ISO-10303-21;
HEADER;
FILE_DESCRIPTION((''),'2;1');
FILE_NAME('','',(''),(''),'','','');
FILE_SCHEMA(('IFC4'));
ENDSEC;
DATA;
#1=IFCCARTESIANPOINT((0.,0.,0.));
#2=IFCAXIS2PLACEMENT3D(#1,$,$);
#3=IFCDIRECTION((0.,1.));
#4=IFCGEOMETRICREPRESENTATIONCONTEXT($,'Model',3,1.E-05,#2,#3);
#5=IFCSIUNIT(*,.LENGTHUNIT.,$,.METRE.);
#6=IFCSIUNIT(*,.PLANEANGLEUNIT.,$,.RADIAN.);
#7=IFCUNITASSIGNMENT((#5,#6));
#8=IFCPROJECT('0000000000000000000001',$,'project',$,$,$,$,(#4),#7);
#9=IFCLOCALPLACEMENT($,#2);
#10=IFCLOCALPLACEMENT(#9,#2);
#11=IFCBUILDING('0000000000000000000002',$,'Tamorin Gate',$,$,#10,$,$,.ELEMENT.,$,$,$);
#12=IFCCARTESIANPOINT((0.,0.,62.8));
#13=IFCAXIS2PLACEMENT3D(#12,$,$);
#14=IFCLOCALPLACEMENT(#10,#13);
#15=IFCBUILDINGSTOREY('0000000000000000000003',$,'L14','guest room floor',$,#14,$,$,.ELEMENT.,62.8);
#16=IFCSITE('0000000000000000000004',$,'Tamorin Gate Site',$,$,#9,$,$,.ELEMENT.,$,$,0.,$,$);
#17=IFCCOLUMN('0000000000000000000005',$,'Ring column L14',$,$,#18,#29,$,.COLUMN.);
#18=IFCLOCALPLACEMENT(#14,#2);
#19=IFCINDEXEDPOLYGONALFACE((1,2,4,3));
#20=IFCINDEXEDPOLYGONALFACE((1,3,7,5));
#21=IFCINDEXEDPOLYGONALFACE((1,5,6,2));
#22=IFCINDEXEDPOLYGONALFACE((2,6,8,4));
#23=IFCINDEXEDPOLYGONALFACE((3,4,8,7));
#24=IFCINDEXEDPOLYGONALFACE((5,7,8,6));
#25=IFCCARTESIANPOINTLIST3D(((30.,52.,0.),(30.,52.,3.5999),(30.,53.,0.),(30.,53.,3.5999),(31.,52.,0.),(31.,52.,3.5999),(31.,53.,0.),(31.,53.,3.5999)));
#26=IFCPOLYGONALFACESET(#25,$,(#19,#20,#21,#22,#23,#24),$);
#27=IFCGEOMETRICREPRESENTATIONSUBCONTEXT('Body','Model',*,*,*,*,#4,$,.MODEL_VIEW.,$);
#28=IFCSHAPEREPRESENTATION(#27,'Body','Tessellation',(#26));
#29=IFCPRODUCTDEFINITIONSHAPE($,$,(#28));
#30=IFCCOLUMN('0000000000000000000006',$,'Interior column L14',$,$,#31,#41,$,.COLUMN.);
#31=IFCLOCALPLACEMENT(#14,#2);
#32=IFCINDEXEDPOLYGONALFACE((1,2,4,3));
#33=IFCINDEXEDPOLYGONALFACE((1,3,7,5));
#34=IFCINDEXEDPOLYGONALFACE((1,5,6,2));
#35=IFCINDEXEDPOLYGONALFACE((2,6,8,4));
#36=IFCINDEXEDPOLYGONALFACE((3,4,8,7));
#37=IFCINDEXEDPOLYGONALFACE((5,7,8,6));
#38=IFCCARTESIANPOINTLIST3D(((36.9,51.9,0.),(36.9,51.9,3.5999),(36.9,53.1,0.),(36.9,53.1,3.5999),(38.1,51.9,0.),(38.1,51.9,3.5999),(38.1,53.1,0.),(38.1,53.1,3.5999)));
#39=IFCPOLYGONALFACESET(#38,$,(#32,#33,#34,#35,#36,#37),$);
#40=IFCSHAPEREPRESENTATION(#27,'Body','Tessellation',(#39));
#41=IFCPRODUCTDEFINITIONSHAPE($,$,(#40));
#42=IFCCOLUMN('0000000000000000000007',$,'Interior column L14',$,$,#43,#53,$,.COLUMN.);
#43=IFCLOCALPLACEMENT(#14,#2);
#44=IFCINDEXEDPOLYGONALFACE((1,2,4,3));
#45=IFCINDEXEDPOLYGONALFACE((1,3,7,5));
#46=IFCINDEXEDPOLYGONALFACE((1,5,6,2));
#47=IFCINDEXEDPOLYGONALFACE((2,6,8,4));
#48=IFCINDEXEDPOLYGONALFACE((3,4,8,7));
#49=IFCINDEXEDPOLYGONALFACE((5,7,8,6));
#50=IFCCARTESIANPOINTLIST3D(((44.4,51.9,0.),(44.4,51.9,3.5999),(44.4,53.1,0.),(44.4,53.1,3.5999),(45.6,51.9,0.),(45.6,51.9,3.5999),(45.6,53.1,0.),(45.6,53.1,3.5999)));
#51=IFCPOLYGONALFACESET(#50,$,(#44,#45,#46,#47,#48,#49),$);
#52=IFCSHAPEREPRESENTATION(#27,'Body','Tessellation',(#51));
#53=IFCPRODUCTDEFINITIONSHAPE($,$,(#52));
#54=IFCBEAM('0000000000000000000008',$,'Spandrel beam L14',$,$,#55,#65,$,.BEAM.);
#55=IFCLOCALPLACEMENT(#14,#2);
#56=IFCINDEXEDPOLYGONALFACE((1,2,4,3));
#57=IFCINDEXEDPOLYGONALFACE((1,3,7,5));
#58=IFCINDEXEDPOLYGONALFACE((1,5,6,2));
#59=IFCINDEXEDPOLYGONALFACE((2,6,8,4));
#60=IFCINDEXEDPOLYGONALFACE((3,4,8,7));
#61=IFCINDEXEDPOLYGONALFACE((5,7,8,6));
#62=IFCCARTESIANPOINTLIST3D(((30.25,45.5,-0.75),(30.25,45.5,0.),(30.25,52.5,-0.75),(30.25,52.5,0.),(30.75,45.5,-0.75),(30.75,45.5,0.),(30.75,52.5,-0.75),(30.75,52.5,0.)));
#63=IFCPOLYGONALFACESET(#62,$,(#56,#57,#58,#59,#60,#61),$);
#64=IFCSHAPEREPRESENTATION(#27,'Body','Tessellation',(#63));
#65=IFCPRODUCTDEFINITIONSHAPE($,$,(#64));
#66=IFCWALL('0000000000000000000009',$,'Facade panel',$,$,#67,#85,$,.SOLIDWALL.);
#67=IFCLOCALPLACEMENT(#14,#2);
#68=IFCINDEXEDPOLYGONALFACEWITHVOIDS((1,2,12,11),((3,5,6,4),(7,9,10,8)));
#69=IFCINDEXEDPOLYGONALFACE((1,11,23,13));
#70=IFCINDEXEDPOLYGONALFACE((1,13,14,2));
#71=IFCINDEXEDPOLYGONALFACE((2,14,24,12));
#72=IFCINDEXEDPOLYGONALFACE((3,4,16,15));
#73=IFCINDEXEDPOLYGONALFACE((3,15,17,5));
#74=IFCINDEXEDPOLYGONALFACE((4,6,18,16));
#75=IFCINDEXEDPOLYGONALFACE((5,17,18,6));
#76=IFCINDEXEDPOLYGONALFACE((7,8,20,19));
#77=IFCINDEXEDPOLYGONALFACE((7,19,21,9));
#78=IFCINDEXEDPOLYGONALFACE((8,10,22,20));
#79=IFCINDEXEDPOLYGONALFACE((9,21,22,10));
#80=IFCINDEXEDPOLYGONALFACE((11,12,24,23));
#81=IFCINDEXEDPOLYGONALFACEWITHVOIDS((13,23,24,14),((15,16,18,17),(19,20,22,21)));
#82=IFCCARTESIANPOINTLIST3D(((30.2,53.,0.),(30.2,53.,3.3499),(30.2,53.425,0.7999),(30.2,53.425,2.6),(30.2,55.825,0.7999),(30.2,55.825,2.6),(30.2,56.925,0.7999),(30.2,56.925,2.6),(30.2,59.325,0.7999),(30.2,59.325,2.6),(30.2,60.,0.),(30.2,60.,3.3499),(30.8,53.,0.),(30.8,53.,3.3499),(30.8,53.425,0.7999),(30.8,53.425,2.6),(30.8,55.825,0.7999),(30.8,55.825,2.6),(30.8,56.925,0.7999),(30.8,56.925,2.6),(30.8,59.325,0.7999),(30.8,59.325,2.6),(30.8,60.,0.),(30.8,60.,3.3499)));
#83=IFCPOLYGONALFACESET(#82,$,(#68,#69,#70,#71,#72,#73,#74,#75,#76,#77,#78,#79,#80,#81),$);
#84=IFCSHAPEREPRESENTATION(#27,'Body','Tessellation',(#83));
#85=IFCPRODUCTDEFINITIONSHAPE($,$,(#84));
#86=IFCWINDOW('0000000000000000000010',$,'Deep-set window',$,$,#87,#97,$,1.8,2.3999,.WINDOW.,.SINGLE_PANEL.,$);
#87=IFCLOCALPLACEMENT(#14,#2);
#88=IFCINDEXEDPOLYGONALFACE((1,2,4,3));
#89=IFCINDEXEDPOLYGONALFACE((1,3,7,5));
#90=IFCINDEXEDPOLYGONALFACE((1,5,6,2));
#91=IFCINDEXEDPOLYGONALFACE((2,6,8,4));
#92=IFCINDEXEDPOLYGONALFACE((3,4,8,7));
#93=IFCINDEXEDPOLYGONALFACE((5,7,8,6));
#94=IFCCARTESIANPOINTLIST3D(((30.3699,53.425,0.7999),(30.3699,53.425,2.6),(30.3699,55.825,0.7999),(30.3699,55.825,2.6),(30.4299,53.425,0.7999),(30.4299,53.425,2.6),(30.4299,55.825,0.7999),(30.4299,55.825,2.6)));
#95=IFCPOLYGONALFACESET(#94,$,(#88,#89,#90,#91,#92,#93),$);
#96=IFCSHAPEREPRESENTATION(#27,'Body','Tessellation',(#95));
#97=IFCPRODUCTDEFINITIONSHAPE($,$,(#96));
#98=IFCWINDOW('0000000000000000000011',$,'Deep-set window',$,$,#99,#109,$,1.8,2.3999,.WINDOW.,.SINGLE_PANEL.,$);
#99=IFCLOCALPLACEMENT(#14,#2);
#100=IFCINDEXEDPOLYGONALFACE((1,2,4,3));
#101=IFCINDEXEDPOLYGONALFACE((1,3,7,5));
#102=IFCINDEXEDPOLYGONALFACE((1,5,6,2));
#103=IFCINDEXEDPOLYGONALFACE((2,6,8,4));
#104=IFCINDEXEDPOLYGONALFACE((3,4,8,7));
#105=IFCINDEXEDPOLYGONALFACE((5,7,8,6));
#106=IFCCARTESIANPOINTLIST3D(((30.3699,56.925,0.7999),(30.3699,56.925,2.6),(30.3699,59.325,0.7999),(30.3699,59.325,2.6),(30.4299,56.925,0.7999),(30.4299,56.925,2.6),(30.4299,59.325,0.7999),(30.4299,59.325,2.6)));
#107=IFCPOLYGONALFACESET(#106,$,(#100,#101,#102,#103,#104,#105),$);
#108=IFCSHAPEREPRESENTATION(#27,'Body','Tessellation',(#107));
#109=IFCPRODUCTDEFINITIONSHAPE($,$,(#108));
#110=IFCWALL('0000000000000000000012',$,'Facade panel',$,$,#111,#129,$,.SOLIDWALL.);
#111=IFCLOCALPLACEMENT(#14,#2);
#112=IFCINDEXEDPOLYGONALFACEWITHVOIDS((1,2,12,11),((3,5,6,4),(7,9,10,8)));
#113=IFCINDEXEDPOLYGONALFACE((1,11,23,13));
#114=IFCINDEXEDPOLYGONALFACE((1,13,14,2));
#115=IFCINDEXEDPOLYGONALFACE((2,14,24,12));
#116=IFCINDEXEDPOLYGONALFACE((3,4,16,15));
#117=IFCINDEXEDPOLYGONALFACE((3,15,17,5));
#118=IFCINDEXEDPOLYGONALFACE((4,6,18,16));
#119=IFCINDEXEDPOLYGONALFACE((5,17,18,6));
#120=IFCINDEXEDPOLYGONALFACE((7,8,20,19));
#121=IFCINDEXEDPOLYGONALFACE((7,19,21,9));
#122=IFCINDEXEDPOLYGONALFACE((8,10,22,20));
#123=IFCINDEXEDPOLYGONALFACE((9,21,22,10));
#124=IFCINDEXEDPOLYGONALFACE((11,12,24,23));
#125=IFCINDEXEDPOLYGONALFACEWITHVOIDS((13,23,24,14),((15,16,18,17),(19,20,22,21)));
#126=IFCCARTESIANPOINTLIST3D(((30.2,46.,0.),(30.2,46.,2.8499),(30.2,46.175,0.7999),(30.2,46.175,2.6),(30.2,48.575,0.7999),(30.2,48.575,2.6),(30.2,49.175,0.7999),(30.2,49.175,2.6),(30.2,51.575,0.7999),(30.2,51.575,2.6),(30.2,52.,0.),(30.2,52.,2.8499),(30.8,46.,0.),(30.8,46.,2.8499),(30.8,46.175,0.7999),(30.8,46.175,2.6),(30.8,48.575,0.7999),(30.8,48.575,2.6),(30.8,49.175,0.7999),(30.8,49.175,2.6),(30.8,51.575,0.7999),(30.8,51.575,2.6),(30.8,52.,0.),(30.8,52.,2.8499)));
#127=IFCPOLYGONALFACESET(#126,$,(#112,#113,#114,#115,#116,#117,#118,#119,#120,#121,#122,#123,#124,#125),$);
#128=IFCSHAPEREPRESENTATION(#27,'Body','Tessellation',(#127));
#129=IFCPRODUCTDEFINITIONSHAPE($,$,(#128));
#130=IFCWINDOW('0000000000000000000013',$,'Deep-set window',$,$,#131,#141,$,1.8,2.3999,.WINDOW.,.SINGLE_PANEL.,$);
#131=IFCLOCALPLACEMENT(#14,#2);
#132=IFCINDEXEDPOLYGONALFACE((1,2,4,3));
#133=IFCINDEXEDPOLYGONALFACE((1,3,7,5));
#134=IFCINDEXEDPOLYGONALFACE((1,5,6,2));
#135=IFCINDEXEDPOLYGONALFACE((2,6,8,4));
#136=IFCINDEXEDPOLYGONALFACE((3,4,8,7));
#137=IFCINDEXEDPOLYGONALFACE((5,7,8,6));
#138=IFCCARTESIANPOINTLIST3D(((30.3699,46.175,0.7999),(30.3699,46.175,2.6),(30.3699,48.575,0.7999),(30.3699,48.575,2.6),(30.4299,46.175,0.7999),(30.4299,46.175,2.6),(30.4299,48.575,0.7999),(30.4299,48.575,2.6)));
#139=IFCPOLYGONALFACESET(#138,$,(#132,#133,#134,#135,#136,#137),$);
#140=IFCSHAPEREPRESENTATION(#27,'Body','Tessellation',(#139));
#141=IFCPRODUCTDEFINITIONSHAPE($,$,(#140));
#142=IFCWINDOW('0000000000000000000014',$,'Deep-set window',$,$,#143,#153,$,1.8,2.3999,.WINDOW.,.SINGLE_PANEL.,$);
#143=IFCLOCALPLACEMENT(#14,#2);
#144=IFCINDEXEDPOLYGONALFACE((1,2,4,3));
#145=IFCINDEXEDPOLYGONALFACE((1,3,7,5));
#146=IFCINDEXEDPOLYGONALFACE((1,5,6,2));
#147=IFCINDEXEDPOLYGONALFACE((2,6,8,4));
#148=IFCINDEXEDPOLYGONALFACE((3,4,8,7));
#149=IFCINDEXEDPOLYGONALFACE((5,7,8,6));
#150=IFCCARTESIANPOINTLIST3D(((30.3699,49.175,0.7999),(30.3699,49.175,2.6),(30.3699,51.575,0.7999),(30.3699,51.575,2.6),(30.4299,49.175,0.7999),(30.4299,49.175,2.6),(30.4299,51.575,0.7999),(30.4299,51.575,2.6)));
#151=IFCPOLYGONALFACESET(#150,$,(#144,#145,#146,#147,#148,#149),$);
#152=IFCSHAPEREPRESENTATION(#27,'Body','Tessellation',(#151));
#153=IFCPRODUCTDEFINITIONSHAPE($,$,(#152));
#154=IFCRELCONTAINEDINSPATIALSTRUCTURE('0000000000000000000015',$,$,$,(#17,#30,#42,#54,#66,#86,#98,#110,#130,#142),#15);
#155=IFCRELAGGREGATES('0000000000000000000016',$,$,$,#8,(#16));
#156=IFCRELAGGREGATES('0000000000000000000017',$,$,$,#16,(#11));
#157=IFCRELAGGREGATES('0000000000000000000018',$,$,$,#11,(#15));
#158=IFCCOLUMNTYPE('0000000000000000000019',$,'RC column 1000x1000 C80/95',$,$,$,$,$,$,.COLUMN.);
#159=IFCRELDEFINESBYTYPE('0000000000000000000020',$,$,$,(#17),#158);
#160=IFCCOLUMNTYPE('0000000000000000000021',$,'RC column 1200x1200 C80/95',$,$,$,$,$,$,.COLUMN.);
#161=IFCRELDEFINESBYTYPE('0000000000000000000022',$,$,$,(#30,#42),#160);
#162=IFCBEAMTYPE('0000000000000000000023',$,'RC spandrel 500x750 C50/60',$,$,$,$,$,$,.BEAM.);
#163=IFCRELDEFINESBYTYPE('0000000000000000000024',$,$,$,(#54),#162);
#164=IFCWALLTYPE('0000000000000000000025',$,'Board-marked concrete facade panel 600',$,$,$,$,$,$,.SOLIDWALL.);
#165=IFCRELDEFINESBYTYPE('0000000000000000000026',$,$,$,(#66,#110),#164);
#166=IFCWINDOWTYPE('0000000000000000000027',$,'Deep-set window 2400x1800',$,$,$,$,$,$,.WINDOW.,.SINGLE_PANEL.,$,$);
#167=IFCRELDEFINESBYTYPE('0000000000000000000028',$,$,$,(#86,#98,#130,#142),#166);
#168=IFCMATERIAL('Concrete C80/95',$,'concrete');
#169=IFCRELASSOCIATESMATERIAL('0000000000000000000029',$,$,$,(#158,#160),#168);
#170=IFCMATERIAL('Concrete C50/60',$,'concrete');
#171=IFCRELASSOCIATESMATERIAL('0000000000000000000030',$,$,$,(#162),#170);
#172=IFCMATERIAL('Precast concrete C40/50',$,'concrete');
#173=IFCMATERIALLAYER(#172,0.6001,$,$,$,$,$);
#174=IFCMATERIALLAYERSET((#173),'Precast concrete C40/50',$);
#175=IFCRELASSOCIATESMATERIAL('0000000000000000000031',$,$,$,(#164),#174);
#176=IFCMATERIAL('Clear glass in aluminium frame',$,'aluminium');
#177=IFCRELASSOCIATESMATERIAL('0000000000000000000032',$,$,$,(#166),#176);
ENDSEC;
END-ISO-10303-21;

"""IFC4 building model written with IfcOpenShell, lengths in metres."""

from ifc_helpers import new_model, si_unit, direction, frame, frame_2d, origin, origin_2d, place, context, subcontext, project, spatial, rectangle, extrude, material, layer, layer_set, material_profile, profile_set, type_object, element, fill, save


model = new_model("IFC4")

# Units and contexts
model_context = context("Model", 3, precision=1e-05, world=origin(), true_north=direction((0.0, 1.0)))
body_context = subcontext(model_context, "Body", "Model", "MODEL_VIEW")
ifc_project = project(units=[si_unit("LENGTHUNIT", "METRE"), si_unit("PLANEANGLEUNIT", "RADIAN")], contexts=[model_context])

# Site, building, storey
site_placement = place(None, origin())
site = spatial("IfcSite", under=ifc_project, at=site_placement, Name="Tamorin Gate Site", CompositionType="ELEMENT", RefElevation=0.0)
building_placement = place(site_placement, origin())
building = spatial("IfcBuilding", under=site, at=building_placement, Name="Tamorin Gate", CompositionType="ELEMENT")
storey_placement = place(building_placement, frame((0.0, 0.0, 62.8)))
storey = spatial("IfcBuildingStorey", under=building, at=storey_placement, Name="L14", Description="guest room floor", CompositionType="ELEMENT", Elevation=62.8)

# Columns
ifc_material_1 = material(Name="Concrete C80/95", Category="concrete")
ifc_material_profile_1 = material_profile(ifc_material_1, rectangle(XDim=1.0, YDim=1.0, at=origin_2d()), Name="RC 1000x1000")
ifc_profile_set_1 = profile_set([ifc_material_profile_1], Name="Concrete C80/95")
column_type_1 = type_object("IfcColumnType", Name="RC column 1000x1000 C80/95", PredefinedType="COLUMN", material=ifc_profile_set_1)
column_placement = place(storey_placement, frame((30.5, 52.5, 0.0), z_axis=(0.0, 0.0, 1.0), x_axis=(1.0, 0.0, 0.0)))
element("IfcColumn", 1, at=column_placement, inside=storey, type_object=column_type_1, Name="Ring column L14", PredefinedType="COLUMN", context=body_context, shape_type="SweptSolid", body=[
    extrude(rectangle(XDim=1.0, YDim=1.0, at=origin_2d()), origin(), (0.0, 0.0, 1.0), 3.5999),
])
ifc_material_profile_2 = material_profile(ifc_material_1, rectangle(XDim=1.2, YDim=1.2, at=origin_2d()), Name="RC 1200x1200")
ifc_profile_set_2 = profile_set([ifc_material_profile_2], Name="Concrete C80/95")
column_type_2 = type_object("IfcColumnType", Name="RC column 1200x1200 C80/95", PredefinedType="COLUMN", material=ifc_profile_set_2)
for number, where, z_axis, x_axis, name in (
    (2, (37.5, 52.5, 0.0), (0.0, 0.0, 1.0), (1.0, 0.0, 0.0), "Interior column L14"),
    (3, (45.0, 52.5, 0.0), (0.0, 0.0, 1.0), (1.0, 0.0, 0.0), "Interior column L14"),
):
    element("IfcColumn", number, at=place(storey_placement, frame(where, z_axis=z_axis, x_axis=x_axis)), inside=storey, type_object=column_type_2, Name=name, PredefinedType="COLUMN", context=body_context, shape_type="SweptSolid", body=[
        extrude(rectangle(XDim=1.2, YDim=1.2, at=origin_2d()), origin(), (0.0, 0.0, 1.0), 3.5999),
    ])

# Beam
ifc_material_2 = material(Name="Concrete C50/60", Category="concrete")
ifc_material_profile_3 = material_profile(ifc_material_2, rectangle(XDim=0.5, YDim=0.75, at=origin_2d()), Name="RC 500x750")
ifc_profile_set_3 = profile_set([ifc_material_profile_3], Name="Concrete C50/60")
beam_type = type_object("IfcBeamType", Name="RC spandrel 500x750 C50/60", PredefinedType="BEAM", material=ifc_profile_set_3)
beam_placement = place(storey_placement, frame((30.5, 52.5, -0.375), z_axis=(0.0, -1.0, 0.0), x_axis=(1.0, 0.0, 0.0)))
element("IfcBeam", 4, at=beam_placement, inside=storey, type_object=beam_type, Name="Spandrel beam L14", PredefinedType="BEAM", context=body_context, shape_type="SweptSolid", body=[
    extrude(rectangle(XDim=0.5, YDim=0.75, at=origin_2d()), origin(), (0.0, 0.0, 1.0), 7.0),
])

# Walls, openings, windows
ifc_material_3 = material(Name="Precast concrete C40/50", Category="concrete")
ifc_layer_1 = layer(ifc_material_3, 0.6001)
ifc_layer_set_1 = layer_set([ifc_layer_1], Name="Precast concrete C40/50")
wall_type_1 = type_object("IfcWallType", Name="Board-marked concrete facade panel 600", PredefinedType="SOLIDWALL", material=ifc_layer_set_1)
wall_1_placement = place(storey_placement, frame((30.5, 60.0, 0.0), z_axis=(0.0, 0.0, 1.0), x_axis=(0.0, -1.0, 0.0)))
wall_1 = element("IfcWall", 5, at=wall_1_placement, inside=storey, type_object=wall_type_1, Name="Facade panel", PredefinedType="SOLIDWALL", context=body_context, shape_type="SweptSolid", body=[
    extrude(rectangle(XDim=7.0, YDim=0.6001, at=frame_2d((3.5, 0.0))), origin(), (0.0, 0.0, 1.0), 3.3499),
])
opening_1_placement = place(wall_1_placement, frame((4.175, 0.0, 0.8)))
opening_1 = element("IfcOpeningElement", 6, at=opening_1_placement, cuts=wall_1, PredefinedType="OPENING", context=body_context, shape_type="SweptSolid", body=[
    extrude(rectangle(XDim=2.3999, YDim=1.8, at=frame_2d((1.2, 0.8999))), frame((0.0, 0.3101, 0.0), z_axis=(0.0, -1.0, 0.0), x_axis=(1.0, 0.0, 0.0)), (0.0, 0.0, 1.0), 0.6201),
])
opening_2_placement = place(wall_1_placement, frame((0.675, 0.0, 0.8)))
opening_2 = element("IfcOpeningElement", 7, at=opening_2_placement, cuts=wall_1, PredefinedType="OPENING", context=body_context, shape_type="SweptSolid", body=[
    extrude(rectangle(XDim=2.3999, YDim=1.8, at=frame_2d((1.2, 0.8999))), frame((0.0, 0.3101, 0.0), z_axis=(0.0, -1.0, 0.0), x_axis=(1.0, 0.0, 0.0)), (0.0, 0.0, 1.0), 0.6201),
])
ifc_material_4 = material(Name="Clear glass in aluminium frame", Category="aluminium")
window_type = type_object("IfcWindowType", Name="Deep-set window 2400x1800", PartitioningType="SINGLE_PANEL", PredefinedType="WINDOW", material=ifc_material_4)
window_1_placement = place(opening_1_placement, origin())
window_1 = element("IfcWindow", 8, at=window_1_placement, inside=storey, type_object=window_type, Name="Deep-set window", OverallHeight=1.8, OverallWidth=2.3999, PartitioningType="SINGLE_PANEL", PredefinedType="WINDOW", context=body_context, shape_type="SweptSolid", body=[
    extrude(rectangle(XDim=2.3999, YDim=1.8, at=frame_2d((1.2, 0.8999))), frame((0.0, -0.0701, 0.0), z_axis=(0.0, -1.0, 0.0), x_axis=(1.0, 0.0, 0.0)), (0.0, 0.0, 1.0), 0.0601),
])
fill(opening_1, window_1)
window_2_placement = place(opening_2_placement, origin())
window_2 = element("IfcWindow", 9, at=window_2_placement, inside=storey, type_object=window_type, Name="Deep-set window", OverallHeight=1.8, OverallWidth=2.3999, PartitioningType="SINGLE_PANEL", PredefinedType="WINDOW", context=body_context, shape_type="SweptSolid", body=[
    extrude(rectangle(XDim=2.3999, YDim=1.8, at=frame_2d((1.2, 0.8999))), frame((0.0, -0.0701, 0.0), z_axis=(0.0, -1.0, 0.0), x_axis=(1.0, 0.0, 0.0)), (0.0, 0.0, 1.0), 0.0601),
])
fill(opening_2, window_2)
wall_2_placement = place(storey_placement, frame((30.5, 52.0, 0.0), z_axis=(0.0, 0.0, 1.0), x_axis=(0.0, -1.0, 0.0)))
wall_2 = element("IfcWall", 10, at=wall_2_placement, inside=storey, type_object=wall_type_1, Name="Facade panel", PredefinedType="SOLIDWALL", context=body_context, shape_type="SweptSolid", body=[
    extrude(rectangle(XDim=6.0, YDim=0.6001, at=frame_2d((3.0, 0.0))), origin(), (0.0, 0.0, 1.0), 2.8499),
])
opening_3_placement = place(wall_2_placement, frame((3.425, 0.0, 0.8)))
opening_3 = element("IfcOpeningElement", 11, at=opening_3_placement, cuts=wall_2, PredefinedType="OPENING", context=body_context, shape_type="SweptSolid", body=[
    extrude(rectangle(XDim=2.3999, YDim=1.8, at=frame_2d((1.2, 0.8999))), frame((0.0, 0.3101, 0.0), z_axis=(0.0, -1.0, 0.0), x_axis=(1.0, 0.0, 0.0)), (0.0, 0.0, 1.0), 0.6201),
])
opening_4_placement = place(wall_2_placement, frame((0.425, 0.0, 0.8)))
opening_4 = element("IfcOpeningElement", 12, at=opening_4_placement, cuts=wall_2, PredefinedType="OPENING", context=body_context, shape_type="SweptSolid", body=[
    extrude(rectangle(XDim=2.3999, YDim=1.8, at=frame_2d((1.2, 0.8999))), frame((0.0, 0.3101, 0.0), z_axis=(0.0, -1.0, 0.0), x_axis=(1.0, 0.0, 0.0)), (0.0, 0.0, 1.0), 0.6201),
])
window_3_placement = place(opening_3_placement, origin())
window_3 = element("IfcWindow", 13, at=window_3_placement, inside=storey, type_object=window_type, Name="Deep-set window", OverallHeight=1.8, OverallWidth=2.3999, PartitioningType="SINGLE_PANEL", PredefinedType="WINDOW", context=body_context, shape_type="SweptSolid", body=[
    extrude(rectangle(XDim=2.3999, YDim=1.8, at=frame_2d((1.2, 0.8999))), frame((0.0, -0.0701, 0.0), z_axis=(0.0, -1.0, 0.0), x_axis=(1.0, 0.0, 0.0)), (0.0, 0.0, 1.0), 0.0601),
])
fill(opening_3, window_3)
window_4_placement = place(opening_4_placement, origin())
window_4 = element("IfcWindow", 14, at=window_4_placement, inside=storey, type_object=window_type, Name="Deep-set window", OverallHeight=1.8, OverallWidth=2.3999, PartitioningType="SINGLE_PANEL", PredefinedType="WINDOW", context=body_context, shape_type="SweptSolid", body=[
    extrude(rectangle(XDim=2.3999, YDim=1.8, at=frame_2d((1.2, 0.8999))), frame((0.0, -0.0701, 0.0), z_axis=(0.0, -1.0, 0.0), x_axis=(1.0, 0.0, 0.0)), (0.0, 0.0, 1.0), 0.0601),
])
fill(opening_4, window_4)

save(model, "model.ifc")
